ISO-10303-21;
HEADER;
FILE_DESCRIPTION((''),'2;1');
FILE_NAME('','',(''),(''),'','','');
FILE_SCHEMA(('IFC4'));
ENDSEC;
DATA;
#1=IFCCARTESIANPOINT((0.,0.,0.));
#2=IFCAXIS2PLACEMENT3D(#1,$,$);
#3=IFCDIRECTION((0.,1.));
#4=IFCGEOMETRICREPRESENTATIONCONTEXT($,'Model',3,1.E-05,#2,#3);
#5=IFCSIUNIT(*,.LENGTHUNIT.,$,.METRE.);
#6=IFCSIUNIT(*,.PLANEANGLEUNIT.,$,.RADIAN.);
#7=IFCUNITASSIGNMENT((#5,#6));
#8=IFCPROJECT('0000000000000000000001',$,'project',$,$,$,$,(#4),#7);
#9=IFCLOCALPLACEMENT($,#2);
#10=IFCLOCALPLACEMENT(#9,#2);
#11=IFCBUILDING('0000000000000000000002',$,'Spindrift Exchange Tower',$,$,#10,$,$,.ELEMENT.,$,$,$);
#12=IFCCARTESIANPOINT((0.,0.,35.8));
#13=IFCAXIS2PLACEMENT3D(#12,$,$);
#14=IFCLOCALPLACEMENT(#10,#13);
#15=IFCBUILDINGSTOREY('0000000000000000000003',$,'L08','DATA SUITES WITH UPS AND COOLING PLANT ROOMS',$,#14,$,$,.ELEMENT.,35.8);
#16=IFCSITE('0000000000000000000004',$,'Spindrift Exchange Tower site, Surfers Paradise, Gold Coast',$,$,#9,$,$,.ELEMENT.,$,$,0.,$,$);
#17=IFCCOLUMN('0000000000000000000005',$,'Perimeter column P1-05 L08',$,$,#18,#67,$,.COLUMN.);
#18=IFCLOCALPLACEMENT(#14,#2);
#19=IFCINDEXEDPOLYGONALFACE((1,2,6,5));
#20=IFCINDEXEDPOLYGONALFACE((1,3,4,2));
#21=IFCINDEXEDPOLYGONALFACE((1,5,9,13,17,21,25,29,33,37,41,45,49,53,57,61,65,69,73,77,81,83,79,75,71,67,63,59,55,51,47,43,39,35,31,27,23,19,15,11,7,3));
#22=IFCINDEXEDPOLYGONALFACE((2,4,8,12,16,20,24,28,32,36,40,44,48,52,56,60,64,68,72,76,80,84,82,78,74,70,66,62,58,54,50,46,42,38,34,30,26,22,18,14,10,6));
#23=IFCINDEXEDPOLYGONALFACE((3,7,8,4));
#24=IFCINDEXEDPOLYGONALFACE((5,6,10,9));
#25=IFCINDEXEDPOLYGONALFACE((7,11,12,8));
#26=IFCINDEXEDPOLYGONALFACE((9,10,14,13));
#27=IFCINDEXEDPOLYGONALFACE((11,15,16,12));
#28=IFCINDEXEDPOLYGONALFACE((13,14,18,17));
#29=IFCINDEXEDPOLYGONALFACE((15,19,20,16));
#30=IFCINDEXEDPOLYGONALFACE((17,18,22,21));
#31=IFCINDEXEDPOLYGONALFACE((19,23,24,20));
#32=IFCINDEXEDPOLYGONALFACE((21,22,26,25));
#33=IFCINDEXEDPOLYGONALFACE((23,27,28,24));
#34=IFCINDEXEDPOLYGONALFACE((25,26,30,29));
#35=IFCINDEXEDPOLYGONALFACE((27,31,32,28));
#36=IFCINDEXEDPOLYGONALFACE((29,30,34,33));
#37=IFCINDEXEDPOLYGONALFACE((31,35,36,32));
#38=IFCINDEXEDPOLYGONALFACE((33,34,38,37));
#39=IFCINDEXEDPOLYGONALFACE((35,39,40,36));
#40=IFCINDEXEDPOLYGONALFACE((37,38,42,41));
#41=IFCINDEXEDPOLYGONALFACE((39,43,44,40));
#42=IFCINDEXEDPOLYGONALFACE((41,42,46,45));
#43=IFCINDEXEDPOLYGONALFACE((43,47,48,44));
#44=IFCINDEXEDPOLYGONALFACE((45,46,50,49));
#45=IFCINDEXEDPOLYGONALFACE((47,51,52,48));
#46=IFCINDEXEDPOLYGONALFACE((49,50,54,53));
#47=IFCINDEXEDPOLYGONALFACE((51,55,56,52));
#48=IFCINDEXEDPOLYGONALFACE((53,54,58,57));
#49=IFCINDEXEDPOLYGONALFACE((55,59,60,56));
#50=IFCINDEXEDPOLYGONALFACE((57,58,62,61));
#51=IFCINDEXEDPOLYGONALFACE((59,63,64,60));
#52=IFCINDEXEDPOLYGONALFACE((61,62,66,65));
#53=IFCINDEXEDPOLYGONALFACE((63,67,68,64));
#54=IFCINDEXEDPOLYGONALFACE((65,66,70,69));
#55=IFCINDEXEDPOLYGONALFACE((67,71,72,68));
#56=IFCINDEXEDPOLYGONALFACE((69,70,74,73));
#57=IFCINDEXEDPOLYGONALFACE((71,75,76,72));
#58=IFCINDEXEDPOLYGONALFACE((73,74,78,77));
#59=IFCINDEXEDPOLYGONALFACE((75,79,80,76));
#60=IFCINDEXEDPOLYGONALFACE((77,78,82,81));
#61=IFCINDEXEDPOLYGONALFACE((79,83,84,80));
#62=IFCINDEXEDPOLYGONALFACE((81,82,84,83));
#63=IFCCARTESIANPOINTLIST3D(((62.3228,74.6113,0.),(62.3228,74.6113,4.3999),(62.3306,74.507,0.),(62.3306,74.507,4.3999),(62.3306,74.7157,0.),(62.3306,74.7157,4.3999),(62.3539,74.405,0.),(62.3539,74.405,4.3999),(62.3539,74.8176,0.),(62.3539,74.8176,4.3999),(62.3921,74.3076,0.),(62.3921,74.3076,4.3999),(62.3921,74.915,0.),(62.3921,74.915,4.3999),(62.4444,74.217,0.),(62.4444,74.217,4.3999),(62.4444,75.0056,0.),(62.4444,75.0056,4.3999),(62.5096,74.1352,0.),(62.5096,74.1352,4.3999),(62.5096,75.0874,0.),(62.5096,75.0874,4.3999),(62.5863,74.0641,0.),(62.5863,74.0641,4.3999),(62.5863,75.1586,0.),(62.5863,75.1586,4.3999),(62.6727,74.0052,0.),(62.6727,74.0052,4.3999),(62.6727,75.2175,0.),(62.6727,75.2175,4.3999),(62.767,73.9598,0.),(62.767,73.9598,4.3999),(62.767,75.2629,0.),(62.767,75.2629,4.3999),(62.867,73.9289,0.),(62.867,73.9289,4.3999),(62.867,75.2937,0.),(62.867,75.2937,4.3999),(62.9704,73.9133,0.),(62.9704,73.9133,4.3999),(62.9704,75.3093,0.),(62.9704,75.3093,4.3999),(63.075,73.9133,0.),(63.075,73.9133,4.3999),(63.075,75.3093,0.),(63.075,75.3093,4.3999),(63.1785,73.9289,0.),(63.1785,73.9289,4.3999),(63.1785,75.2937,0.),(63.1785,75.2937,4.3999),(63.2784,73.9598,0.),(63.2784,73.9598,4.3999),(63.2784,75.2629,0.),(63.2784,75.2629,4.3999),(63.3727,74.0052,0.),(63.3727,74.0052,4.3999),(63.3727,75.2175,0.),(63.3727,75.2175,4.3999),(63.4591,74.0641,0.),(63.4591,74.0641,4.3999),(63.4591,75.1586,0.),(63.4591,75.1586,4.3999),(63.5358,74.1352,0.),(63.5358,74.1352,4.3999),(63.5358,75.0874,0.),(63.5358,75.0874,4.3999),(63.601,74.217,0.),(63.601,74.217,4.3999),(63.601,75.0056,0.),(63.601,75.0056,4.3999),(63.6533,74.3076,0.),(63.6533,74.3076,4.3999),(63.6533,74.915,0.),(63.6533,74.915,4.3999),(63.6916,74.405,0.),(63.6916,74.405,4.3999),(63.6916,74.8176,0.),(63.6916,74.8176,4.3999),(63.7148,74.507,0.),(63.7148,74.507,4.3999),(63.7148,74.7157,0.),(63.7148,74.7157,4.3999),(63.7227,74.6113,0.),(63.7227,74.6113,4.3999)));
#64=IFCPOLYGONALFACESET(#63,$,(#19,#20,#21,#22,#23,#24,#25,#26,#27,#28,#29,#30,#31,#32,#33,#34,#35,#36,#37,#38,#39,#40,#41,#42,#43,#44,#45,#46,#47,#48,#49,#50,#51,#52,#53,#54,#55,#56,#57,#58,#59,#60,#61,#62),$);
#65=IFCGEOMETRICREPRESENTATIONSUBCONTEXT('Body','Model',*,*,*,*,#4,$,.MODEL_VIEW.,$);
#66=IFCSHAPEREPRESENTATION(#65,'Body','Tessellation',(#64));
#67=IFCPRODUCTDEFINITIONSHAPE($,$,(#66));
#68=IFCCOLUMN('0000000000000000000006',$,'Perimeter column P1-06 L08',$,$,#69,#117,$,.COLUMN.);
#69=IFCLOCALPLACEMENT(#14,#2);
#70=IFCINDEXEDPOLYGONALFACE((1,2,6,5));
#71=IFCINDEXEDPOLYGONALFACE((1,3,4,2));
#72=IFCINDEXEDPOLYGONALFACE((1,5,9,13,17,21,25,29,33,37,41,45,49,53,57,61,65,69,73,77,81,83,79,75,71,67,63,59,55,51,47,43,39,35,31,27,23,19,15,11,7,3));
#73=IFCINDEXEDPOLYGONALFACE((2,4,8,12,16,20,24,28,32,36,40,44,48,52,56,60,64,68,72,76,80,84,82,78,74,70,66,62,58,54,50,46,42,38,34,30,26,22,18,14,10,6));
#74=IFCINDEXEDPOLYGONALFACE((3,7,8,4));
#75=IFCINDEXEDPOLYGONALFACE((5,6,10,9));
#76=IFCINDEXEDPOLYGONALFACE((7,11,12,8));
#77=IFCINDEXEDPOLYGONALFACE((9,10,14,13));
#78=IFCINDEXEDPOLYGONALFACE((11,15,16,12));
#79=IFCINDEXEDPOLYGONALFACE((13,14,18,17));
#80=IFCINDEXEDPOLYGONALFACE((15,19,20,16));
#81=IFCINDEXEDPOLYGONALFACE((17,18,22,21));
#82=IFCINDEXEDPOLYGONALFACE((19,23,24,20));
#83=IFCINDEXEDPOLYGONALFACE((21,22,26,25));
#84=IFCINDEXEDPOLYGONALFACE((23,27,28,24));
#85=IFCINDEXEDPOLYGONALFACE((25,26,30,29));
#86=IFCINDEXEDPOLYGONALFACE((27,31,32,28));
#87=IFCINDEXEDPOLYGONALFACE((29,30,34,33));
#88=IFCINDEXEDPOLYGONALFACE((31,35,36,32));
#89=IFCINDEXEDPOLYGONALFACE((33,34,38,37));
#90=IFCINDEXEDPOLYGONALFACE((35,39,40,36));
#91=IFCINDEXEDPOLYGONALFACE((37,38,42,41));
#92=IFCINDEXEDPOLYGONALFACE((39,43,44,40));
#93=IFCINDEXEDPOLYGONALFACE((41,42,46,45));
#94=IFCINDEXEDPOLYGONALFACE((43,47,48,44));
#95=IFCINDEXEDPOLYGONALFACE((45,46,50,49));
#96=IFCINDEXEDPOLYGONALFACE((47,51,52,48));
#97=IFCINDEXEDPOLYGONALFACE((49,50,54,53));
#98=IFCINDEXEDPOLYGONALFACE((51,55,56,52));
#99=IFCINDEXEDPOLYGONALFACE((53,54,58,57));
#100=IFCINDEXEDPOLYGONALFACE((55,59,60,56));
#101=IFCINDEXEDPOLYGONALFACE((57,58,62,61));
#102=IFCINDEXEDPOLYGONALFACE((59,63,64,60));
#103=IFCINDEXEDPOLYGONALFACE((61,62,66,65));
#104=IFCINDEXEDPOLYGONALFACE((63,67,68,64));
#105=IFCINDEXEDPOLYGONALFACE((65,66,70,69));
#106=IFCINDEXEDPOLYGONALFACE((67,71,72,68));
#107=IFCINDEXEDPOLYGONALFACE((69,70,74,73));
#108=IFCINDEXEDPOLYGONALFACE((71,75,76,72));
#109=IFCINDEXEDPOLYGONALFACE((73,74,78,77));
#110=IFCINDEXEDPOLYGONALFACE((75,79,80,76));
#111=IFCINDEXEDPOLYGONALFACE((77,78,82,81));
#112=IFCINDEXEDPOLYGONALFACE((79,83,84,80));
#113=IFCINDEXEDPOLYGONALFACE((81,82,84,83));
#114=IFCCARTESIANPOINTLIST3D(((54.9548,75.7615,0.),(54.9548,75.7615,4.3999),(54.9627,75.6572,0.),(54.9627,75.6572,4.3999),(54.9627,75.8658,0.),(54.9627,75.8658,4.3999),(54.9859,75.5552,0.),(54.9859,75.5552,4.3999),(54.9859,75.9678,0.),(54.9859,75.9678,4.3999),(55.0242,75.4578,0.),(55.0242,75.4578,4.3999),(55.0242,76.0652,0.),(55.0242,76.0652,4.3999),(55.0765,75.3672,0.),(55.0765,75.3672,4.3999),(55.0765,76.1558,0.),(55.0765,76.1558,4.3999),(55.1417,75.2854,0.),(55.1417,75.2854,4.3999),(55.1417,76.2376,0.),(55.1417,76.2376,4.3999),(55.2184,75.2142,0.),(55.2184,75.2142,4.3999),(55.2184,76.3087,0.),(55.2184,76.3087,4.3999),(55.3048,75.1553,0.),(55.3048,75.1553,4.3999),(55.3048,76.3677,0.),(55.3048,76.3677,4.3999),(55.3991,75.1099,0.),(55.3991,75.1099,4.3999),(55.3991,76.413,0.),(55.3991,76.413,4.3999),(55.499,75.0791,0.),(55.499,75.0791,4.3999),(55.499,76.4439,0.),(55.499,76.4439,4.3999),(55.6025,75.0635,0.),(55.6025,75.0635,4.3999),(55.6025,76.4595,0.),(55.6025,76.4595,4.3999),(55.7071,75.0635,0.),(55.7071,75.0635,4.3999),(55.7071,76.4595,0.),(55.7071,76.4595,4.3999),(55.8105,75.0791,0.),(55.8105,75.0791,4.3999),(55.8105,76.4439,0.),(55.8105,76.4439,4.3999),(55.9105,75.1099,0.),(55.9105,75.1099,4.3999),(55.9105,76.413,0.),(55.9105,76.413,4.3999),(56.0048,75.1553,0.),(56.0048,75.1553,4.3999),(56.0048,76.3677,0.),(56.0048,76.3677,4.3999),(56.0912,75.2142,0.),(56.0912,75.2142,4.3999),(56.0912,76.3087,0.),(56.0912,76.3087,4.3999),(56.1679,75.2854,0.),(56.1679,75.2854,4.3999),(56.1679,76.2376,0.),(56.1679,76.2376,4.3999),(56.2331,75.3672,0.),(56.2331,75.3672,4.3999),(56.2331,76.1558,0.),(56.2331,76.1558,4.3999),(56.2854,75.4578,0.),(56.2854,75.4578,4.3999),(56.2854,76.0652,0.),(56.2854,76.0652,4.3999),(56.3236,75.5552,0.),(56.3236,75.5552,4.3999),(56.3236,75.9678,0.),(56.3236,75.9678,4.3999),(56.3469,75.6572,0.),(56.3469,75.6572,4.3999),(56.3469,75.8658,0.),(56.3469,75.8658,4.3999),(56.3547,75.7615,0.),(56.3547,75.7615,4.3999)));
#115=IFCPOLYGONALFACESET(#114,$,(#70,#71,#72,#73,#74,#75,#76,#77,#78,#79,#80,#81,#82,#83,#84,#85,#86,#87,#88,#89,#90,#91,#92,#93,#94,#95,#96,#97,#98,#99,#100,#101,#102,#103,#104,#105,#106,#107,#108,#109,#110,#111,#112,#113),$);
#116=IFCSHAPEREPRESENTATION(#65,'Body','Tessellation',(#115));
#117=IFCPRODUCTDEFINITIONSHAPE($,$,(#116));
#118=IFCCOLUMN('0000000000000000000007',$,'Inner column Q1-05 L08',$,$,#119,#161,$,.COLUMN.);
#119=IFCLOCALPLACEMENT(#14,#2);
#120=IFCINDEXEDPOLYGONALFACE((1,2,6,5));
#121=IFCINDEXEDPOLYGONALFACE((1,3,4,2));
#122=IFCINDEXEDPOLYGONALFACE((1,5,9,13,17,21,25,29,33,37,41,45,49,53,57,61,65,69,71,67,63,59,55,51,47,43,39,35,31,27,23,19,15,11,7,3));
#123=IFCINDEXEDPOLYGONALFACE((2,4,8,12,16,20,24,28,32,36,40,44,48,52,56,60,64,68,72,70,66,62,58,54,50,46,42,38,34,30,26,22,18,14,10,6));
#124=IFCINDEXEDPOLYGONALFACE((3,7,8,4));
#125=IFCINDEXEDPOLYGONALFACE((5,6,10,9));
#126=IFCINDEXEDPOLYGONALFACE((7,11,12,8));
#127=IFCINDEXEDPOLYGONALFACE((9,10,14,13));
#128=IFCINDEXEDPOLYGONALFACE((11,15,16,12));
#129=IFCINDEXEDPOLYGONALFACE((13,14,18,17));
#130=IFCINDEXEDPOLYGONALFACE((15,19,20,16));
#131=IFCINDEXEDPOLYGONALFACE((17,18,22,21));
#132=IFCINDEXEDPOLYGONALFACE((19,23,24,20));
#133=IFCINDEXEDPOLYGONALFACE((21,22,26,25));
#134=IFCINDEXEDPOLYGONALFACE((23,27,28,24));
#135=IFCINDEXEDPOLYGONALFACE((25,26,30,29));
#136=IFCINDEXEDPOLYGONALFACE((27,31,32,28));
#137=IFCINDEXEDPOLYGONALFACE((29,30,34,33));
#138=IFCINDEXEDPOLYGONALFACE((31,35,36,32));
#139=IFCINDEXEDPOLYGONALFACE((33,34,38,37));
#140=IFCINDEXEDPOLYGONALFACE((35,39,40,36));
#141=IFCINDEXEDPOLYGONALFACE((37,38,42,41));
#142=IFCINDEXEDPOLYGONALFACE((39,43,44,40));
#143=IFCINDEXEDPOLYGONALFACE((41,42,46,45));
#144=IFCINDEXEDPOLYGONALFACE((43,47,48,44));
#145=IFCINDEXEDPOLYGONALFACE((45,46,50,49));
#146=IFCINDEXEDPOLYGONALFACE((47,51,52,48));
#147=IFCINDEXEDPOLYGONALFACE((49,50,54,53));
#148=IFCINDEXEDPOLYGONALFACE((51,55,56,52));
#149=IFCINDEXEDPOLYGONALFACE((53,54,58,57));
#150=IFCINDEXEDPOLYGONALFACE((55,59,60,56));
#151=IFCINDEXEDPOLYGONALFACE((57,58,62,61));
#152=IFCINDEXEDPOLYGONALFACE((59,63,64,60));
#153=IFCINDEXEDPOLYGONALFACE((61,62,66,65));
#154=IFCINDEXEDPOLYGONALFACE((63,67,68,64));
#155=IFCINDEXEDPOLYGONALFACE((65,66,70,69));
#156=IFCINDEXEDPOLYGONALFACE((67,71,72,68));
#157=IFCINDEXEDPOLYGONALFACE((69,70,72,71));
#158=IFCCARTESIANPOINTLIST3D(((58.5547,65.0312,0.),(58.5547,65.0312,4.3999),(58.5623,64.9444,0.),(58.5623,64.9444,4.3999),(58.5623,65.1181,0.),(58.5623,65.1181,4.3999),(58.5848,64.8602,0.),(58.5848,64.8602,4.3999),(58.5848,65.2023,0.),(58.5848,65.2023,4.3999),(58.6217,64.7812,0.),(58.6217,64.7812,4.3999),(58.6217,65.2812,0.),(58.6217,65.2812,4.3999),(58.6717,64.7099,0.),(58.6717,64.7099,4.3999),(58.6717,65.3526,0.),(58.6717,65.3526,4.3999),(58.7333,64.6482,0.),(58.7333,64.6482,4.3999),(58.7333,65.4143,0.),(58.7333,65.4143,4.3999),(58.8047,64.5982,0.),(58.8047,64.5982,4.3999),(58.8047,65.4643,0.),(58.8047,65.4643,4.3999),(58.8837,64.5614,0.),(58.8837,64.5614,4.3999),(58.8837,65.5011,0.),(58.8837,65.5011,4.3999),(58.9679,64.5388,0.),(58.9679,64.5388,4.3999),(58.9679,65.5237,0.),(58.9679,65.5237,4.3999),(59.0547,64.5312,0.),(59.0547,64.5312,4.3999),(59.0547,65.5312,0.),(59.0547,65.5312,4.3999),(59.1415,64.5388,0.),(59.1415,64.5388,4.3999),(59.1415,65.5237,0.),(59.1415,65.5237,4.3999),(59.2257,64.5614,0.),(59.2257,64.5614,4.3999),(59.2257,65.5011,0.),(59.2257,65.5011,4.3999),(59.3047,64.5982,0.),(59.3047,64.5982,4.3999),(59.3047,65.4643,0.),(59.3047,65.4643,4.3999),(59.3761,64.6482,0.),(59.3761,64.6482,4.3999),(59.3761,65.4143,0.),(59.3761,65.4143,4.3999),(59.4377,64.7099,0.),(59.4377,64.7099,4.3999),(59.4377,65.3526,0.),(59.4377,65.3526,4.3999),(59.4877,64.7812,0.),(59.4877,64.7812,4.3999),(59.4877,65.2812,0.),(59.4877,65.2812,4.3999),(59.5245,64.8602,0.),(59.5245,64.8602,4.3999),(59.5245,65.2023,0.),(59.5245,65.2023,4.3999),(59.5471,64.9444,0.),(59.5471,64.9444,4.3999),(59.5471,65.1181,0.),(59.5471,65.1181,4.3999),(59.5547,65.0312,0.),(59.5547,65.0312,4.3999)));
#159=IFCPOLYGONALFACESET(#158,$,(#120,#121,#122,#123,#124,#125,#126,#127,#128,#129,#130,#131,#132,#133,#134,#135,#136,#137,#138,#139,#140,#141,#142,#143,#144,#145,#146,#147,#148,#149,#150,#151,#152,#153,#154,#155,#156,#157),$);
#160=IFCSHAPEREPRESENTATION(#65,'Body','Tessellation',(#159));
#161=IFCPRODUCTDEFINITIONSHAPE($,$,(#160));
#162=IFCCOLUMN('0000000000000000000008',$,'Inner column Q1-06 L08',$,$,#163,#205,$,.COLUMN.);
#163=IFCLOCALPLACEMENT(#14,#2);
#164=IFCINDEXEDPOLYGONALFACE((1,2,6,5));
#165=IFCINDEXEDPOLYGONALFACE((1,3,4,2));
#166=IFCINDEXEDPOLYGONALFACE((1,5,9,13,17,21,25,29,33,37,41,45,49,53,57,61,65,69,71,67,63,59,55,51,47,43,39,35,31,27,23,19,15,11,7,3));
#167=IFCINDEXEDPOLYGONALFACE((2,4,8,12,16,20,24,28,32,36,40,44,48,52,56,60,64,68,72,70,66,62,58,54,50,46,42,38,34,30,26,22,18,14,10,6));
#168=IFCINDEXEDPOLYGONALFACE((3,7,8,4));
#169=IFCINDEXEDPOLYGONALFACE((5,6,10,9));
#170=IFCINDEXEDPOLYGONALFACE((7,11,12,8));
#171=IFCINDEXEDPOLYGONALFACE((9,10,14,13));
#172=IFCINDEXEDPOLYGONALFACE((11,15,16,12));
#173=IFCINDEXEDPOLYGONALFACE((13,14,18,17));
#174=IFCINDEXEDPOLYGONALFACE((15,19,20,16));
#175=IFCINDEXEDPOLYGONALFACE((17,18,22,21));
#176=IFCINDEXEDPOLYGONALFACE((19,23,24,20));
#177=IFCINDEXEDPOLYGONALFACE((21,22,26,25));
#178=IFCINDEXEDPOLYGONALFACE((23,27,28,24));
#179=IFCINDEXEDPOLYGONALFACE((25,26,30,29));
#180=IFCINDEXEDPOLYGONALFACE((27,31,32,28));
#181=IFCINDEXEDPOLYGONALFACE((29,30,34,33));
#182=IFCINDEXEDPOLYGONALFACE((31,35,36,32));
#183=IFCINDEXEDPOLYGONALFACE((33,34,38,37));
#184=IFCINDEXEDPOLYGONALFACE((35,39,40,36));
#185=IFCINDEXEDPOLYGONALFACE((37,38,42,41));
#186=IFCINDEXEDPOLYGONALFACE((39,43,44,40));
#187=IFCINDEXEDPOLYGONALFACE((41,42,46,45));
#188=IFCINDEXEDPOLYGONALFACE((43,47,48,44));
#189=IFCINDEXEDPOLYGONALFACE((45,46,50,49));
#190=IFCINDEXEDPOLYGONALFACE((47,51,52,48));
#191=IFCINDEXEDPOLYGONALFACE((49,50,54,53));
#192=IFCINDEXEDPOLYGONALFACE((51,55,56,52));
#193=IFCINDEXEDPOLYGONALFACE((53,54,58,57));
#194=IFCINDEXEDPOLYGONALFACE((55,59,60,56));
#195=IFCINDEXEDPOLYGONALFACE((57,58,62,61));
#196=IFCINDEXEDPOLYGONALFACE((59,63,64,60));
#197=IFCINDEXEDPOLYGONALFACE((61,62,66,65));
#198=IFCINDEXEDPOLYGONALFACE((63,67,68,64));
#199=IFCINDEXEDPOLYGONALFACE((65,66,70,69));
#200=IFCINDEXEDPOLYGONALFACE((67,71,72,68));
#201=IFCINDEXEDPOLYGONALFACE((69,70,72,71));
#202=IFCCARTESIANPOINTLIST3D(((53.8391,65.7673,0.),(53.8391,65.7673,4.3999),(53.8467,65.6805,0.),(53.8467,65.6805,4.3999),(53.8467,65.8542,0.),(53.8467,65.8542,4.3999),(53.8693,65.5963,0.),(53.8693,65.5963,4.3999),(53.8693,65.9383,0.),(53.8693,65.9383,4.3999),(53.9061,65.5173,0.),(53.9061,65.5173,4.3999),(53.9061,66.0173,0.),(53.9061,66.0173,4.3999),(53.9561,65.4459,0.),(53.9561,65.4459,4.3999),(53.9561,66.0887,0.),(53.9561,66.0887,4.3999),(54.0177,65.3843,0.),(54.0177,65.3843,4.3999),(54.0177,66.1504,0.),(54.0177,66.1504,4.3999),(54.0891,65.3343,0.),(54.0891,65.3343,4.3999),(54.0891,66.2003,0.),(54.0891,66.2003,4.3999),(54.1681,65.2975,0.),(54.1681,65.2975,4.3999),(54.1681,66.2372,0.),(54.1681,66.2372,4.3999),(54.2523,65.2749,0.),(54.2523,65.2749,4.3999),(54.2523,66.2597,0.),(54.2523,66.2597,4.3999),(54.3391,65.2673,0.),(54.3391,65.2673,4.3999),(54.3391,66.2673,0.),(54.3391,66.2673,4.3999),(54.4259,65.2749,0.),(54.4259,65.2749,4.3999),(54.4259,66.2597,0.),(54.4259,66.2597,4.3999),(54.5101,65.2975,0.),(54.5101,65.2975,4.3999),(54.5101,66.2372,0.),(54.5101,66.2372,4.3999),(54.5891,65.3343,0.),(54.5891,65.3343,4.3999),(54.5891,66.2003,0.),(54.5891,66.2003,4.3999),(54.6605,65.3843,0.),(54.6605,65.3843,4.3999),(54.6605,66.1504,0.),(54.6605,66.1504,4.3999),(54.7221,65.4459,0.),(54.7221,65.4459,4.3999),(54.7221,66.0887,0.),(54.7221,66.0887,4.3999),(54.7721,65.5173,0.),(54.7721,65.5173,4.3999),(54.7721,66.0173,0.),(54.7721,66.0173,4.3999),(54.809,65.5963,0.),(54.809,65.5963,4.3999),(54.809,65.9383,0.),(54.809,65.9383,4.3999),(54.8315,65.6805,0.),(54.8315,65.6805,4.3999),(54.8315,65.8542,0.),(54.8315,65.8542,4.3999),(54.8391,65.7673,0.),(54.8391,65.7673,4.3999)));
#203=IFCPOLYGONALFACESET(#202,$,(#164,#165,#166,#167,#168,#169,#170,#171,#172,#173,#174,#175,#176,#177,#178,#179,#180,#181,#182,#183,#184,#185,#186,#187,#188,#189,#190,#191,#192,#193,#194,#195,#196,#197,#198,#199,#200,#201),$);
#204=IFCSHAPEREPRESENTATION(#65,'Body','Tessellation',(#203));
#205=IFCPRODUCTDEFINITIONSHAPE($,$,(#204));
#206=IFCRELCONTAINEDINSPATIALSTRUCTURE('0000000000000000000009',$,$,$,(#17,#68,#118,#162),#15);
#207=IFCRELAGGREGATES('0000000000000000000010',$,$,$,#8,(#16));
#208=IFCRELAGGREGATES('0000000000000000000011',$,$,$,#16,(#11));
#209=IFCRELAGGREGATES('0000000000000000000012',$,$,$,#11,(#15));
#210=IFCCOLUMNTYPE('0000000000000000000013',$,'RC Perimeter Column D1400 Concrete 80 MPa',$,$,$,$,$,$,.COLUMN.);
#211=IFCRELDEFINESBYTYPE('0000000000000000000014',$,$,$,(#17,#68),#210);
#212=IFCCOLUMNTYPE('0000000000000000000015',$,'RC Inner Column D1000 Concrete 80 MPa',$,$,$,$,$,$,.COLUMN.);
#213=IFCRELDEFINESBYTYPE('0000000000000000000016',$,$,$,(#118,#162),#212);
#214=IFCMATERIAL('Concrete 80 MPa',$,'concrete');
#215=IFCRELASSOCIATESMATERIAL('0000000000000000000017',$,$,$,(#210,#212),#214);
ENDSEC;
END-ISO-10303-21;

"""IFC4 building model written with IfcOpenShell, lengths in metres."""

from ifc_helpers import new_model, si_unit, direction, frame, origin, origin_2d, place, context, subcontext, project, spatial, circle, extrude, source, transform, mapped, material, material_profile, profile_set, type_object, element, save


model = new_model("IFC4")

# Units and contexts
model_context = context("Model", 3, precision=1e-05, world=origin(), true_north=direction((0.0, 1.0)))
body_context = subcontext(model_context, "Body", "Model", "MODEL_VIEW")
ifc_project = project(units=[si_unit("LENGTHUNIT", "METRE"), si_unit("PLANEANGLEUNIT", "RADIAN")], contexts=[model_context])

# Site, building, storey
site_placement = place(None, origin())
site = spatial("IfcSite", under=ifc_project, at=site_placement, Name="Spindrift Exchange Tower site, Surfers Paradise, Gold Coast", CompositionType="ELEMENT", RefElevation=0.0)
building_placement = place(site_placement, origin())
building = spatial("IfcBuilding", under=site, at=building_placement, Name="Spindrift Exchange Tower", CompositionType="ELEMENT")
storey_placement = place(building_placement, frame((0.0, 0.0, 35.8)))
storey = spatial("IfcBuildingStorey", under=building, at=storey_placement, Name="L08", Description="DATA SUITES WITH UPS AND COOLING PLANT ROOMS", CompositionType="ELEMENT", Elevation=35.8)

# Columns
ifc_material_1 = material(Name="Concrete 80 MPa", Category="concrete")
ifc_material_profile_1 = material_profile(ifc_material_1, circle(Radius=0.7, at=origin_2d()), Name="RC D1400")
ifc_profile_set_1 = profile_set([ifc_material_profile_1], Name="Concrete 80 MPa")
column_type_1 = type_object("IfcColumnType", Name="RC Perimeter Column D1400 Concrete 80 MPa", PredefinedType="COLUMN", material=ifc_profile_set_1)
shared_shape_1 = source(origin(), body_context, "Body", "SweptSolid", [
    extrude(circle(Radius=0.7, at=origin_2d()), origin(), (0.0, 0.0, 1.0), 4.3999),
])
for number, where, z_axis, x_axis, name in (
    (1, (63.0227, 74.6113, 0.0), (0.0, 0.0, 1.0), (1.0, 0.0, 0.0), "Perimeter column P1-05 L08"),
    (2, (55.6548, 75.7615, 0.0), (0.0, 0.0, 1.0), (1.0, 0.0, 0.0), "Perimeter column P1-06 L08"),
):
    element("IfcColumn", number, at=place(storey_placement, frame(where, z_axis=z_axis, x_axis=x_axis)), inside=storey, type_object=column_type_1, Name=name, PredefinedType="COLUMN", context=body_context, shape_type="MappedRepresentation", body=[
        mapped(shared_shape_1, transform((0.0, 0.0, 0.0), scale=1.0)),
    ])
ifc_material_profile_2 = material_profile(ifc_material_1, circle(Radius=0.5, at=origin_2d()), Name="RC D1000")
ifc_profile_set_2 = profile_set([ifc_material_profile_2], Name="Concrete 80 MPa")
column_type_2 = type_object("IfcColumnType", Name="RC Inner Column D1000 Concrete 80 MPa", PredefinedType="COLUMN", material=ifc_profile_set_2)
shared_shape_2 = source(origin(), body_context, "Body", "SweptSolid", [
    extrude(circle(Radius=0.5, at=origin_2d()), origin(), (0.0, 0.0, 1.0), 4.3999),
])
for number, where, z_axis, x_axis, name in (
    (3, (59.0547, 65.0312, 0.0), (0.0, 0.0, 1.0), (1.0, 0.0, 0.0), "Inner column Q1-05 L08"),
    (4, (54.3391, 65.7673, 0.0), (0.0, 0.0, 1.0), (1.0, 0.0, 0.0), "Inner column Q1-06 L08"),
):
    element("IfcColumn", number, at=place(storey_placement, frame(where, z_axis=z_axis, x_axis=x_axis)), inside=storey, type_object=column_type_2, Name=name, PredefinedType="COLUMN", context=body_context, shape_type="MappedRepresentation", body=[
        mapped(shared_shape_2, transform((0.0, 0.0, 0.0), scale=1.0)),
    ])

save(model, "model.ifc")
